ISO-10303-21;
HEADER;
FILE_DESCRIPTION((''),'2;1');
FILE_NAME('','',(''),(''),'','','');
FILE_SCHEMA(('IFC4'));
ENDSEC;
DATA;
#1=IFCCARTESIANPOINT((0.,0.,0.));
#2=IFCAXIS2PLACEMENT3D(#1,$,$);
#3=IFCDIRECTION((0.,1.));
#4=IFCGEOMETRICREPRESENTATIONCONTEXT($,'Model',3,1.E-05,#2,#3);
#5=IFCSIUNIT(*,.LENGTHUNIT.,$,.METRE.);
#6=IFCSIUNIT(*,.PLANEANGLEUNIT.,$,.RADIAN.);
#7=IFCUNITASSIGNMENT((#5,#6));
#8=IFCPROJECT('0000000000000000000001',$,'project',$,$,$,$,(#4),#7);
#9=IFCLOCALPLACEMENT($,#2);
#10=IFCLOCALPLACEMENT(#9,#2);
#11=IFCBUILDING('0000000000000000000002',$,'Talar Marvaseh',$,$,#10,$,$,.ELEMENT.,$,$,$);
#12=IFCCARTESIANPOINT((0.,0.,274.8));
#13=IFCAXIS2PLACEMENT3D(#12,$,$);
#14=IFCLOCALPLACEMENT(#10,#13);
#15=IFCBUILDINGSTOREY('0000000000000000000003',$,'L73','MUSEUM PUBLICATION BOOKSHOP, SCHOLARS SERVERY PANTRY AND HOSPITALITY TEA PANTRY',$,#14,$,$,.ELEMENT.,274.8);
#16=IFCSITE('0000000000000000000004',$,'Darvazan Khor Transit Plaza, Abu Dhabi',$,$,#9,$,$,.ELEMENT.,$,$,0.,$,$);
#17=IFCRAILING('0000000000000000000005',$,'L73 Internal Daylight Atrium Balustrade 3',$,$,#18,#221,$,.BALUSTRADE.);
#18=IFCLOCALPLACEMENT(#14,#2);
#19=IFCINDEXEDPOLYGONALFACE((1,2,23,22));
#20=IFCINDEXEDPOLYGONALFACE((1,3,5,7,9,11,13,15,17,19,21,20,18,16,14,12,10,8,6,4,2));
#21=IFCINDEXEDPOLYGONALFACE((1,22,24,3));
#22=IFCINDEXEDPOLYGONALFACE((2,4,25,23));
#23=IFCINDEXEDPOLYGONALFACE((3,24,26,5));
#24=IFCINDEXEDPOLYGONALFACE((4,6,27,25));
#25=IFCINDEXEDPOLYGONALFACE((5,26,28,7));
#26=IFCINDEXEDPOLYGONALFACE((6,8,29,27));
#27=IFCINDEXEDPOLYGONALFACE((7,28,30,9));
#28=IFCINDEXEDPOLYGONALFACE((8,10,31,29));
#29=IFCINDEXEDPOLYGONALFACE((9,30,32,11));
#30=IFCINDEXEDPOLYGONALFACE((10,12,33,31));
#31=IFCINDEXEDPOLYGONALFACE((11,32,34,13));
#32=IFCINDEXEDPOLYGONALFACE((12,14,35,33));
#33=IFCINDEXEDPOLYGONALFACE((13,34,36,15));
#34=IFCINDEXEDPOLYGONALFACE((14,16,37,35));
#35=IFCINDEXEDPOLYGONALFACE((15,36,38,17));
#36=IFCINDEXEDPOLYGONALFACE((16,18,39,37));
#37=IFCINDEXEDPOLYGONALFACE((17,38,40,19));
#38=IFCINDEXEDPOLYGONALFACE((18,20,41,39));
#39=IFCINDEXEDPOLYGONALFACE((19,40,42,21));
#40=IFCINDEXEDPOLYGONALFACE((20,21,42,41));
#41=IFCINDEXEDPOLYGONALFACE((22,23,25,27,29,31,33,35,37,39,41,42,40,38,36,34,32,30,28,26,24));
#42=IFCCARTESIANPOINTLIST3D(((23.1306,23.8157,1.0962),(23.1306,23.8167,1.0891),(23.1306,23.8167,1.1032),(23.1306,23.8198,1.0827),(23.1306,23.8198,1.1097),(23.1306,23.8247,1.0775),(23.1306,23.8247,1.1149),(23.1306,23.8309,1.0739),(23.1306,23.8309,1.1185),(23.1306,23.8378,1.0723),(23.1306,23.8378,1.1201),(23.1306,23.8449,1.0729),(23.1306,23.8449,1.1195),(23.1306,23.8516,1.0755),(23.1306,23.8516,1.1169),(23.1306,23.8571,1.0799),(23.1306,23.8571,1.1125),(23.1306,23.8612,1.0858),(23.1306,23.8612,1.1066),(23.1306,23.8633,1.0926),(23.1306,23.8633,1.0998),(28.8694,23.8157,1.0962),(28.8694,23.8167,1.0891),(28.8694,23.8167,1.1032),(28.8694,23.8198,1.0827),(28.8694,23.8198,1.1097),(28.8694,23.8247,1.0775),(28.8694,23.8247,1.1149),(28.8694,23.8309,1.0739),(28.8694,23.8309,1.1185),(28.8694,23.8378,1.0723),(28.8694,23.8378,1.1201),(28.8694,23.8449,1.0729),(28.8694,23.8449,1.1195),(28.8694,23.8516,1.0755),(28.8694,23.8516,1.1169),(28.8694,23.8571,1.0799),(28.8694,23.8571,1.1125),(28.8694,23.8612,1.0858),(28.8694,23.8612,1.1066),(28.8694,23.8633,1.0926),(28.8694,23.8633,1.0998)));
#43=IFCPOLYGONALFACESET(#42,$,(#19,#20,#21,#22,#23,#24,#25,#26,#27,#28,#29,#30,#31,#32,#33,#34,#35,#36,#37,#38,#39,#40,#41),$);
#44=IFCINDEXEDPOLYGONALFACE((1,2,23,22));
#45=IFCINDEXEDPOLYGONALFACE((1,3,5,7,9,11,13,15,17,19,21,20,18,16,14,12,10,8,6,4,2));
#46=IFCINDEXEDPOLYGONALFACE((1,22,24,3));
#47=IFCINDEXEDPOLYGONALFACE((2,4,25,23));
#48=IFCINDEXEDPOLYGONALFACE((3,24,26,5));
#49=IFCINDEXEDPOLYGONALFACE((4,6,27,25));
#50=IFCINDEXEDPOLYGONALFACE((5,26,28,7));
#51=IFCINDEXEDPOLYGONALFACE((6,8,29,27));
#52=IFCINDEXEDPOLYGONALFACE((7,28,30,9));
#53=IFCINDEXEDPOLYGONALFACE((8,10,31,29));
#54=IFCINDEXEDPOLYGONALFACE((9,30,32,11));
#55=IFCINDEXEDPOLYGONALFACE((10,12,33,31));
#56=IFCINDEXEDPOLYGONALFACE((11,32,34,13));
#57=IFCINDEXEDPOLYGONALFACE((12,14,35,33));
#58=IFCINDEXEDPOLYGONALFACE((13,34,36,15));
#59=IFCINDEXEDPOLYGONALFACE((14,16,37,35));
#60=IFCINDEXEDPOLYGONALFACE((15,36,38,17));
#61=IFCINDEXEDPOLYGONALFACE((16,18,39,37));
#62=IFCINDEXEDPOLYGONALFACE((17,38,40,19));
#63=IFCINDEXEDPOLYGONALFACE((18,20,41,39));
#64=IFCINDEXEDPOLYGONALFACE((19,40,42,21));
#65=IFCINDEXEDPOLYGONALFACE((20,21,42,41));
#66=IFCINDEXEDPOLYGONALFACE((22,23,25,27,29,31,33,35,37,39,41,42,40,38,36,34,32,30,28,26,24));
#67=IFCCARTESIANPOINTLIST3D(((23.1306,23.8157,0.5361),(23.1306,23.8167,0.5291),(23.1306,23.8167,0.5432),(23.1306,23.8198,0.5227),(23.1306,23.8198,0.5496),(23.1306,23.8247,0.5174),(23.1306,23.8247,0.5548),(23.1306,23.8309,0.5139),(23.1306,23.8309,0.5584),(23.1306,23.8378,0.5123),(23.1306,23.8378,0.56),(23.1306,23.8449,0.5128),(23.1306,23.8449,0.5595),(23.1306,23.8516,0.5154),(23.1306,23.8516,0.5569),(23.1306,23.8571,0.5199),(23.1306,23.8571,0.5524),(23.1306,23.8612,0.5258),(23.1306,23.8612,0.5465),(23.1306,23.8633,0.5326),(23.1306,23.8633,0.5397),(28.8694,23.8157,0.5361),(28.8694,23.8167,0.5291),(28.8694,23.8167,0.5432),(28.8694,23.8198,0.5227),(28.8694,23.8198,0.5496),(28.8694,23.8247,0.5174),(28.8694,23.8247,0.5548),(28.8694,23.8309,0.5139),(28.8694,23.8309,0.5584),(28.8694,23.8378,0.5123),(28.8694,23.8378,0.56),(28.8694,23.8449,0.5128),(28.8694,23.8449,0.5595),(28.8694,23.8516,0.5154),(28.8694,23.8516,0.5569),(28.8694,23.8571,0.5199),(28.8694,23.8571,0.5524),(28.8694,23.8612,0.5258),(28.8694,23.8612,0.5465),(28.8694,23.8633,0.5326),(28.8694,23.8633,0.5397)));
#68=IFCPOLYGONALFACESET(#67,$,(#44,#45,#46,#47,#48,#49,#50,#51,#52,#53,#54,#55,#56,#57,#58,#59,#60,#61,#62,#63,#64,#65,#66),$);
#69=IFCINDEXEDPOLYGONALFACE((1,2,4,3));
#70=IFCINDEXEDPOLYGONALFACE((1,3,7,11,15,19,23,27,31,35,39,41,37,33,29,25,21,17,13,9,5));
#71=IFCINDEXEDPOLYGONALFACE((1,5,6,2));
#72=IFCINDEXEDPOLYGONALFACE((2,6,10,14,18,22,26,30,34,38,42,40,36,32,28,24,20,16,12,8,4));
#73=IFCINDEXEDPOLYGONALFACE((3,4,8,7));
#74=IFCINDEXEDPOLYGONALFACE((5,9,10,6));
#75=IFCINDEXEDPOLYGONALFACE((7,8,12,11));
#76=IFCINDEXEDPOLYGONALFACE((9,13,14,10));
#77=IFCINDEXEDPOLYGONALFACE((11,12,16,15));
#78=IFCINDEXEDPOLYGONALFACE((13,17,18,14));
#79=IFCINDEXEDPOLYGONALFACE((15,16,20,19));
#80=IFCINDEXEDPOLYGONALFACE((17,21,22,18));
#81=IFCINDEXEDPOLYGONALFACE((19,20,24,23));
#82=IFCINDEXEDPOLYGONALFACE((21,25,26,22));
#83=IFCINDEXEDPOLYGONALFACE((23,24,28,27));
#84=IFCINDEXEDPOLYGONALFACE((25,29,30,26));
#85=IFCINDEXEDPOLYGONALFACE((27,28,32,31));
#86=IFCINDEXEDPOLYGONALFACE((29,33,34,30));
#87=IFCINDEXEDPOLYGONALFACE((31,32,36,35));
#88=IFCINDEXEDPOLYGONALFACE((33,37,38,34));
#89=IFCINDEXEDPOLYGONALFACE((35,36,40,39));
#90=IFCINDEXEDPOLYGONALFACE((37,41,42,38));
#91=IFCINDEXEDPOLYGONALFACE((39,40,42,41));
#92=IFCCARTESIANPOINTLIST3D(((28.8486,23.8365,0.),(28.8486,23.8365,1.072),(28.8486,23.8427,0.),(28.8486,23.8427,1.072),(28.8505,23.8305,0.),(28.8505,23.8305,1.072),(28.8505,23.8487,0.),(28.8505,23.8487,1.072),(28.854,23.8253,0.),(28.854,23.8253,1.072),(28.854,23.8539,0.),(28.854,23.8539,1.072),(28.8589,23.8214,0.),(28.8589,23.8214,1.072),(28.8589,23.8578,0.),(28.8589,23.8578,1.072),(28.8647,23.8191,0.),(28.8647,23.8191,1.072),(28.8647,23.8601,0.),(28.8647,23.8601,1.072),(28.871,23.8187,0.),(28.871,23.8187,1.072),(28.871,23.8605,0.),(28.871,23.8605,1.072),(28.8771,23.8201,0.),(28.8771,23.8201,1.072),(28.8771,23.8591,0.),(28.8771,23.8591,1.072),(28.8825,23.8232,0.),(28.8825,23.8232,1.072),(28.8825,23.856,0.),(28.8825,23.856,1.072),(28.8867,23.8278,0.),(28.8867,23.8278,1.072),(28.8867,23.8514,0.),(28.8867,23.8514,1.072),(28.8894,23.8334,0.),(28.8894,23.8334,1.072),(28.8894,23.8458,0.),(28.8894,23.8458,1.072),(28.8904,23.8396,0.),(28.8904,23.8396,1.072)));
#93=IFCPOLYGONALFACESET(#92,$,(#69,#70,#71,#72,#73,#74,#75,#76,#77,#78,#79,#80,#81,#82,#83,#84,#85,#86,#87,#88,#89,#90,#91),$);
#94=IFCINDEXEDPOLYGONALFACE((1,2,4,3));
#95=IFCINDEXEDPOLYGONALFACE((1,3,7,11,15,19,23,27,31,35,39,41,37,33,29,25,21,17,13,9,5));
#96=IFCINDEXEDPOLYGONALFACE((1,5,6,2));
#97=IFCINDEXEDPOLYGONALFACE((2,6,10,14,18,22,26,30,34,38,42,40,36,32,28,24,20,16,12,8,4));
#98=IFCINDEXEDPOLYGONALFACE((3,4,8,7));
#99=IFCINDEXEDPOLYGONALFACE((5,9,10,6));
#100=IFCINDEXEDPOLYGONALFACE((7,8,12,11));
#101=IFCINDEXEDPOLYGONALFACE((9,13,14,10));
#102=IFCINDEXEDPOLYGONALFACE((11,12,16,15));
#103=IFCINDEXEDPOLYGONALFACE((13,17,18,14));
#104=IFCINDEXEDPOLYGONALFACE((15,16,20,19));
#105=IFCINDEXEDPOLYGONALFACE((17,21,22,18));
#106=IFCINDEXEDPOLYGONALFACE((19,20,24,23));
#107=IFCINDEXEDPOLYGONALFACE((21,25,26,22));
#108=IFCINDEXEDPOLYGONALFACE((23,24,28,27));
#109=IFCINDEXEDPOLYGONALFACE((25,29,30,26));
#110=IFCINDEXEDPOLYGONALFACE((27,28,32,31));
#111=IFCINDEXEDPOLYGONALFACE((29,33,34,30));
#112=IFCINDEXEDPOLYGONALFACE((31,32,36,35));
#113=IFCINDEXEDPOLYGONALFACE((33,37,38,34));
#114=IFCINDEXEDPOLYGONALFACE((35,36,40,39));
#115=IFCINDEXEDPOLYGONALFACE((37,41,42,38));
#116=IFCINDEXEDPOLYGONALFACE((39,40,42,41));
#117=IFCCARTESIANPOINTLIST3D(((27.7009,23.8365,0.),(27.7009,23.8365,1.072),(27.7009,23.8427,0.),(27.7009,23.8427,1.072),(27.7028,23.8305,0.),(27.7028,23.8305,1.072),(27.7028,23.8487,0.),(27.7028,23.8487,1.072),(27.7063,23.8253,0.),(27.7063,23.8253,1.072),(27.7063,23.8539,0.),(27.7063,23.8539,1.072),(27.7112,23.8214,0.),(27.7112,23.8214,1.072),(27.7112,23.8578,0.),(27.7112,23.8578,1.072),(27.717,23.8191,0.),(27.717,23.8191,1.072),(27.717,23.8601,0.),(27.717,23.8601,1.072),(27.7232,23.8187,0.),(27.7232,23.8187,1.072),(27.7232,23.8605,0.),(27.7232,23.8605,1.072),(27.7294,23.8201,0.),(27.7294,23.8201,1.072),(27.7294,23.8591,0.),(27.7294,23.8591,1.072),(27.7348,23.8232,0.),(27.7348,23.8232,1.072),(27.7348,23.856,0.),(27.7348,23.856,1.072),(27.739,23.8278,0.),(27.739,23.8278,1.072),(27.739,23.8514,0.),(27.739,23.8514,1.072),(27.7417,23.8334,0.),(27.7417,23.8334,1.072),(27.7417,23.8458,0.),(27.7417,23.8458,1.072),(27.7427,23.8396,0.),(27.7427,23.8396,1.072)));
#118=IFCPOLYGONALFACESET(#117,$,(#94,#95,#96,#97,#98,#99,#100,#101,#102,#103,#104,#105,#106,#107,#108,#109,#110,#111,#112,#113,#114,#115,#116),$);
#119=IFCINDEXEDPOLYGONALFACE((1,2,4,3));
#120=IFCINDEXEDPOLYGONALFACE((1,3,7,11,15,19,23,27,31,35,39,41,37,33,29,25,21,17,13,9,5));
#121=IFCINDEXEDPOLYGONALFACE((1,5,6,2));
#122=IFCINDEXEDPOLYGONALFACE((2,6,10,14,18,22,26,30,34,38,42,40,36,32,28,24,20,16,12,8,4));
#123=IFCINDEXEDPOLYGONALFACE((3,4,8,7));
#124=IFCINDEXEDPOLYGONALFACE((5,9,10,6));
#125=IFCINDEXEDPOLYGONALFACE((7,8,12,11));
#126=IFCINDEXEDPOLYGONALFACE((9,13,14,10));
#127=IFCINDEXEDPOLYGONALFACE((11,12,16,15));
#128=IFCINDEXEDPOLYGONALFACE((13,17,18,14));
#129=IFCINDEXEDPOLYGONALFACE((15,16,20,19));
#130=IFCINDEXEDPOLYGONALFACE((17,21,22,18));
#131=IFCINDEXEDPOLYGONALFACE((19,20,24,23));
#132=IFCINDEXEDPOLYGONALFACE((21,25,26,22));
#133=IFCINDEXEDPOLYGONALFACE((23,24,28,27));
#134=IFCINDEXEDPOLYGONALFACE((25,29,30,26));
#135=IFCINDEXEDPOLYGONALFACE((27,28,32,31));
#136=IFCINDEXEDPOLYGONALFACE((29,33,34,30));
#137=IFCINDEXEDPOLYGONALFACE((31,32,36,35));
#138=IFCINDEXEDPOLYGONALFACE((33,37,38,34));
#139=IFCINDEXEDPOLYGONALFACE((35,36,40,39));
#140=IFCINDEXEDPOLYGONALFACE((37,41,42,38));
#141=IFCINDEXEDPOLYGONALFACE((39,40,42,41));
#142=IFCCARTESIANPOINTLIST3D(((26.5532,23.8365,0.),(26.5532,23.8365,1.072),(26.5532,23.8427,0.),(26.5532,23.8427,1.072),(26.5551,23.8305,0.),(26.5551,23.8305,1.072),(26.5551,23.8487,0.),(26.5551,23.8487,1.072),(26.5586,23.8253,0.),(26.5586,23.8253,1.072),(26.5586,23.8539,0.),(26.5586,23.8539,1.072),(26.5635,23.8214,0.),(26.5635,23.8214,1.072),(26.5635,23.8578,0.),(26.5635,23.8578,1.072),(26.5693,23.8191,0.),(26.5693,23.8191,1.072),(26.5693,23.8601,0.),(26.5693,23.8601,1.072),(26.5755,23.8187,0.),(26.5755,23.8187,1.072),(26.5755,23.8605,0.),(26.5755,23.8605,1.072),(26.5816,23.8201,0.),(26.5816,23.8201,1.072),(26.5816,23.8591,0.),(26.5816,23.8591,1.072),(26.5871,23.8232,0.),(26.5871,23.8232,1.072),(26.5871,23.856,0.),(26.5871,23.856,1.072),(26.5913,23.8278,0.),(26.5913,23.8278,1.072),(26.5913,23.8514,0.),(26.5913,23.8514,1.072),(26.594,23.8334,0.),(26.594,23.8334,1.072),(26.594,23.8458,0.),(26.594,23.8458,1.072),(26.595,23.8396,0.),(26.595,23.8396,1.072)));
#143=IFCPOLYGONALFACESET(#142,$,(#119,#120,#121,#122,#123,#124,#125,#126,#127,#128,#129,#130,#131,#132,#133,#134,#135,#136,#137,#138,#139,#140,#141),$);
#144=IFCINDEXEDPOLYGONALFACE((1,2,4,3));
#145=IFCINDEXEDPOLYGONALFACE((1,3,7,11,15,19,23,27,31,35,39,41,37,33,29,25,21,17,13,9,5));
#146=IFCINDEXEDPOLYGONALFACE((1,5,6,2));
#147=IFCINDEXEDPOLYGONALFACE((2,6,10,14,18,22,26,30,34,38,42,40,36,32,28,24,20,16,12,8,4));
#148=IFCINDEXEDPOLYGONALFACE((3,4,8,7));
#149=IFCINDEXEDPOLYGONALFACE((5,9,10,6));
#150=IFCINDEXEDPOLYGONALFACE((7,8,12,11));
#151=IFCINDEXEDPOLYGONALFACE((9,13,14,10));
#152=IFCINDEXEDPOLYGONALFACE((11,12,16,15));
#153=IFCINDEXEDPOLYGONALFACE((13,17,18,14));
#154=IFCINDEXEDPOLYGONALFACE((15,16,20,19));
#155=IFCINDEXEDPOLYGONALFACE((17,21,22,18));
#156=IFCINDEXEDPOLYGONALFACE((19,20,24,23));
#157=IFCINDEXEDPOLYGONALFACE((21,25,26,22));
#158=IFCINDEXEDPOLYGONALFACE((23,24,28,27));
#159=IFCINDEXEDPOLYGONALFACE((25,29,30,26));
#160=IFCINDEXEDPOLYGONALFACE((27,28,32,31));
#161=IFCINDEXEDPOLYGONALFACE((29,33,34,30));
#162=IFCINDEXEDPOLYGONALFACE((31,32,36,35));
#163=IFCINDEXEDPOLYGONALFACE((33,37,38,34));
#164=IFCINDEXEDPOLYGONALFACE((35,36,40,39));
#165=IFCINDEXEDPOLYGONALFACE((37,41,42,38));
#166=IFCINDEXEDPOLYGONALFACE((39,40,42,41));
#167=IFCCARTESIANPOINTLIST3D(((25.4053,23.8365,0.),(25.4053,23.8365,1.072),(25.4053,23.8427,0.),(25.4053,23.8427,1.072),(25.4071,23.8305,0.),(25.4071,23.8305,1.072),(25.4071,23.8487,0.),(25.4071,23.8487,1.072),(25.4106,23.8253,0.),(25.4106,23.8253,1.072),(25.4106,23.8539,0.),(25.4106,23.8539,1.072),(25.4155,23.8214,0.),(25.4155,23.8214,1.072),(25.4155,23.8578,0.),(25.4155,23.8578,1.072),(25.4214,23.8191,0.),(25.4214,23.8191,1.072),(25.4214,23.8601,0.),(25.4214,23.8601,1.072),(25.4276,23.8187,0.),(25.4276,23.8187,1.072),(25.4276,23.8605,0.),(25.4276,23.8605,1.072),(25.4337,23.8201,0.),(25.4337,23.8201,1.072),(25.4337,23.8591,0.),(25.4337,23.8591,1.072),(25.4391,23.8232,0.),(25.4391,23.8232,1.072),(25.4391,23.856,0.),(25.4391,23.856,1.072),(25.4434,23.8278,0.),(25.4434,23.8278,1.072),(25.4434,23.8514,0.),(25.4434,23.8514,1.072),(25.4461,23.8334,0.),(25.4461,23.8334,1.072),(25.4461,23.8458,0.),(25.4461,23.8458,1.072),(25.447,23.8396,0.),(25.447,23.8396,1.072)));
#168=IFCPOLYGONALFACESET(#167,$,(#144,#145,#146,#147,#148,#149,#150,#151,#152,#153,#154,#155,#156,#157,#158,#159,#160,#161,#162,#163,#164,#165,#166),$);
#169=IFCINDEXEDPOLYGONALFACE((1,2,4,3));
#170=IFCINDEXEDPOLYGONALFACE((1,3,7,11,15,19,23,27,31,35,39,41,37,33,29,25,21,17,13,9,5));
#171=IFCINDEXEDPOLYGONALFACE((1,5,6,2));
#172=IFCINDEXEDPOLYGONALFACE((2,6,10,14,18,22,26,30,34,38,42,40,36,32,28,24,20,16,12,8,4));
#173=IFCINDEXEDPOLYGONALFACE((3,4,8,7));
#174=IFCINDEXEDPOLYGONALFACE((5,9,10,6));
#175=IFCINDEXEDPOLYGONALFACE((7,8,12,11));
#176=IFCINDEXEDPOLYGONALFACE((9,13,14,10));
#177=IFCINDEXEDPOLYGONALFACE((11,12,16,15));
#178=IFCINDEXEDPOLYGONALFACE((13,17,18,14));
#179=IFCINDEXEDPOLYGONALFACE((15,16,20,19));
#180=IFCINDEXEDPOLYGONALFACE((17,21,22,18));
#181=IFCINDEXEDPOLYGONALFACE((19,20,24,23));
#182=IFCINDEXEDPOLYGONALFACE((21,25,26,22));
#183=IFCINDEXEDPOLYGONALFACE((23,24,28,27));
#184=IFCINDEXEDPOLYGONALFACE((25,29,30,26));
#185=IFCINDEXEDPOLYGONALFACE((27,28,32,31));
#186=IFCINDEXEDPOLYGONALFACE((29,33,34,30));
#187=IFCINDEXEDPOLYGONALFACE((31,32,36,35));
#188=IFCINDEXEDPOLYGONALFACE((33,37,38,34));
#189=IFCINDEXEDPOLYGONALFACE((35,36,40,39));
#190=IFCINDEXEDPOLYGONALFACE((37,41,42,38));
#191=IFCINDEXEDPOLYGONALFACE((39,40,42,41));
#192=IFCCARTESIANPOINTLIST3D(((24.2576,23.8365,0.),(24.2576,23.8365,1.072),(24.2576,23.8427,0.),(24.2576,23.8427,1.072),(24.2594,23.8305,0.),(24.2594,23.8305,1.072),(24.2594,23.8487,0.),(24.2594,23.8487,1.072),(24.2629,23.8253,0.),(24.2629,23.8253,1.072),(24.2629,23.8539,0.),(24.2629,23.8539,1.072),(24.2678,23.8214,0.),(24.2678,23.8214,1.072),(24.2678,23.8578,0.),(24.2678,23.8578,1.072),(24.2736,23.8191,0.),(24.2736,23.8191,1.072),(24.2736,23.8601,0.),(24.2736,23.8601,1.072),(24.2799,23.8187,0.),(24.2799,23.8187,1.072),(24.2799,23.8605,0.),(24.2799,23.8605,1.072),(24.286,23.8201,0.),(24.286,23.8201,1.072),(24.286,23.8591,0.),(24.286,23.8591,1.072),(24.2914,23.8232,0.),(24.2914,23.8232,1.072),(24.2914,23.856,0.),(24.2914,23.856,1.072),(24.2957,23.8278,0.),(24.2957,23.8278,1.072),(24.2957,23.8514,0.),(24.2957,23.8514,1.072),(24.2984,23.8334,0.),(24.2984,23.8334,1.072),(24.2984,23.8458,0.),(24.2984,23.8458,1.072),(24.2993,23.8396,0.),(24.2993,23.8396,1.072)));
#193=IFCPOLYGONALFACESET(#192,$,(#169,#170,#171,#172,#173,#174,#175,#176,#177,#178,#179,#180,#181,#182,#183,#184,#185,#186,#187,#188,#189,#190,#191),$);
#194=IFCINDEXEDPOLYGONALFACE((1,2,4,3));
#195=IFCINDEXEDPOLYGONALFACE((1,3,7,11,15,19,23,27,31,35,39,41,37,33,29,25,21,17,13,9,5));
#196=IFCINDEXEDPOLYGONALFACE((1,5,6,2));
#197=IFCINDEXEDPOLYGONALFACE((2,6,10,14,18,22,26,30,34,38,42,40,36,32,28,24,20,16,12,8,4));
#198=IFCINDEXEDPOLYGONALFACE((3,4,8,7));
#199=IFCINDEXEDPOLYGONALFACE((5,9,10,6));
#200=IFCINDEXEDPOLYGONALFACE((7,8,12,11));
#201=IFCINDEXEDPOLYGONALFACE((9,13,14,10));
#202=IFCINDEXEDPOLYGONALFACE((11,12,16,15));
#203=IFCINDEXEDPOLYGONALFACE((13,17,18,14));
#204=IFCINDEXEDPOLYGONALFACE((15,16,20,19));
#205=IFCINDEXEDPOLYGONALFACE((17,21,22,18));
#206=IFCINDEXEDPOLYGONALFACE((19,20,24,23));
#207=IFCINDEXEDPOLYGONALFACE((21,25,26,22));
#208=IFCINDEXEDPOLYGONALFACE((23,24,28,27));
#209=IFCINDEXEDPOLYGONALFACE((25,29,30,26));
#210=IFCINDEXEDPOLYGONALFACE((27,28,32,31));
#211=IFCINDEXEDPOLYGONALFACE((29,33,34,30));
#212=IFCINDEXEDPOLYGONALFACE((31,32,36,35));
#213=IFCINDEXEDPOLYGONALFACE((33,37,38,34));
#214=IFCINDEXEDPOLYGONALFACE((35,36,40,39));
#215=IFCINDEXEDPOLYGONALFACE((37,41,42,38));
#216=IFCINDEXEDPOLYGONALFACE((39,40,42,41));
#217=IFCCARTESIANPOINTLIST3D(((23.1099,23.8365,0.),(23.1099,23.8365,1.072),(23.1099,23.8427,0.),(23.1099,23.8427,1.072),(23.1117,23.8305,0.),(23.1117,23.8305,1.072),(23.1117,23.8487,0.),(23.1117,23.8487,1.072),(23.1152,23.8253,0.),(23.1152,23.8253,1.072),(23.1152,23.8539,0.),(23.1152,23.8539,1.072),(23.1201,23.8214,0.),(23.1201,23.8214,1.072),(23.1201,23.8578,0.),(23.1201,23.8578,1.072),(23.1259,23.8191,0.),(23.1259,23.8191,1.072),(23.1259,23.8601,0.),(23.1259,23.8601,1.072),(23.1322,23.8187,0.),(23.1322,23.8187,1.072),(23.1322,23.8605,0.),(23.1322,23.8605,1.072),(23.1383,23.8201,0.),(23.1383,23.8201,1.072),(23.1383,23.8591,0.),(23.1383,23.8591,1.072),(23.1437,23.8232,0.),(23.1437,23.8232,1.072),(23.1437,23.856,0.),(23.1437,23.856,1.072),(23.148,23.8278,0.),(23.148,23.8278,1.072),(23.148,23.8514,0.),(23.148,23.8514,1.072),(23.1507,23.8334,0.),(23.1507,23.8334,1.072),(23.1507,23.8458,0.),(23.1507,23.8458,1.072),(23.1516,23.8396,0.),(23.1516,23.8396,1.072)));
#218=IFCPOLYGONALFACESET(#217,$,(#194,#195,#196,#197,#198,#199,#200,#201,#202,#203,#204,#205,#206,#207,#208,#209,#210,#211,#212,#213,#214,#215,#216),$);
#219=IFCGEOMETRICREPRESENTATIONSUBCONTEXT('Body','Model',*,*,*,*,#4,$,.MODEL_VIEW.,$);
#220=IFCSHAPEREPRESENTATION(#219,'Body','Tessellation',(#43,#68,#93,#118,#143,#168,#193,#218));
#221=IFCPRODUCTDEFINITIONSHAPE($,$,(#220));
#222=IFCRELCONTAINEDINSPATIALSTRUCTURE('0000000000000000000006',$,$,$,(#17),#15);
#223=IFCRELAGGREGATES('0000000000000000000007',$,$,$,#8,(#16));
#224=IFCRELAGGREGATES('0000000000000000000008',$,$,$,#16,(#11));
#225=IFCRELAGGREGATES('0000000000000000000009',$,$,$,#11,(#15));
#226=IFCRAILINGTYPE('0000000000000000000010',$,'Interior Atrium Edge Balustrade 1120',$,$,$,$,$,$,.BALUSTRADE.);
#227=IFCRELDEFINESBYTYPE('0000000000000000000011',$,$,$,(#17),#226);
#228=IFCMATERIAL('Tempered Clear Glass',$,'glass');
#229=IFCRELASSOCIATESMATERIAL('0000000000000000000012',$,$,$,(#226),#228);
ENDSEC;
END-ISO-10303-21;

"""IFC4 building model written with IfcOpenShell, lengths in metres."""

from ifc_helpers import new_model, si_unit, direction, frame, origin, origin_2d, place, context, subcontext, project, spatial, circle, extrude, material, type_object, element, save


model = new_model("IFC4")

# Units and contexts
model_context = context("Model", 3, precision=1e-05, world=origin(), true_north=direction((0.0, 1.0)))
body_context = subcontext(model_context, "Body", "Model", "MODEL_VIEW")
ifc_project = project(units=[si_unit("LENGTHUNIT", "METRE"), si_unit("PLANEANGLEUNIT", "RADIAN")], contexts=[model_context])

# Site, building, storey
site_placement = place(None, origin())
site = spatial("IfcSite", under=ifc_project, at=site_placement, Name="Darvazan Khor Transit Plaza, Abu Dhabi", CompositionType="ELEMENT", RefElevation=0.0)
building_placement = place(site_placement, origin())
building = spatial("IfcBuilding", under=site, at=building_placement, Name="Talar Marvaseh", CompositionType="ELEMENT")
storey_placement = place(building_placement, frame((0.0, 0.0, 274.8)))
storey = spatial("IfcBuildingStorey", under=building, at=storey_placement, Name="L73", Description="MUSEUM PUBLICATION BOOKSHOP, SCHOLARS SERVERY PANTRY AND HOSPITALITY TEA PANTRY", CompositionType="ELEMENT", Elevation=274.8)

# Railing
ifc_material_1 = material(Name="Tempered Clear Glass", Category="glass")
railing_type = type_object("IfcRailingType", Name="Interior Atrium Edge Balustrade 1120", PredefinedType="BALUSTRADE", material=ifc_material_1)
railing_1_placement = place(storey_placement, frame((28.8694, 23.8396, 0.0)))
element("IfcRailing", 1, at=railing_1_placement, inside=storey, type_object=railing_type, Name="L73 Internal Daylight Atrium Balustrade 3", PredefinedType="BALUSTRADE", context=body_context, shape_type="SweptSolid", body=[
    extrude(circle(Radius=0.0239, at=origin_2d()), frame((0.0, 0.0, 1.0962), z_axis=(-1.0, 0.0, 0.0), x_axis=(0.0, -1.0, 0.0)), (0.0, 0.0, 1.0), 5.7388),
    extrude(circle(Radius=0.0239, at=origin_2d()), frame((0.0, 0.0, 0.5361), z_axis=(-1.0, 0.0, 0.0), x_axis=(0.0, -1.0, 0.0)), (0.0, 0.0, 1.0), 5.7388),
    extrude(circle(Radius=0.021, at=origin_2d()), origin(), (0.0, 0.0, 1.0), 1.072),
    extrude(circle(Radius=0.021, at=origin_2d()), frame((-1.1477, 0.0, 0.0)), (0.0, 0.0, 1.0), 1.072),
    extrude(circle(Radius=0.021, at=origin_2d()), frame((-2.2954, 0.0, 0.0)), (0.0, 0.0, 1.0), 1.072),
    extrude(circle(Radius=0.021, at=origin_2d()), frame((-3.4434, 0.0, 0.0)), (0.0, 0.0, 1.0), 1.072),
    extrude(circle(Radius=0.021, at=origin_2d()), frame((-4.5911, 0.0, 0.0)), (0.0, 0.0, 1.0), 1.072),
    extrude(circle(Radius=0.021, at=origin_2d()), frame((-5.7388, 0.0, 0.0)), (0.0, 0.0, 1.0), 1.072),
])

save(model, "model.ifc")
